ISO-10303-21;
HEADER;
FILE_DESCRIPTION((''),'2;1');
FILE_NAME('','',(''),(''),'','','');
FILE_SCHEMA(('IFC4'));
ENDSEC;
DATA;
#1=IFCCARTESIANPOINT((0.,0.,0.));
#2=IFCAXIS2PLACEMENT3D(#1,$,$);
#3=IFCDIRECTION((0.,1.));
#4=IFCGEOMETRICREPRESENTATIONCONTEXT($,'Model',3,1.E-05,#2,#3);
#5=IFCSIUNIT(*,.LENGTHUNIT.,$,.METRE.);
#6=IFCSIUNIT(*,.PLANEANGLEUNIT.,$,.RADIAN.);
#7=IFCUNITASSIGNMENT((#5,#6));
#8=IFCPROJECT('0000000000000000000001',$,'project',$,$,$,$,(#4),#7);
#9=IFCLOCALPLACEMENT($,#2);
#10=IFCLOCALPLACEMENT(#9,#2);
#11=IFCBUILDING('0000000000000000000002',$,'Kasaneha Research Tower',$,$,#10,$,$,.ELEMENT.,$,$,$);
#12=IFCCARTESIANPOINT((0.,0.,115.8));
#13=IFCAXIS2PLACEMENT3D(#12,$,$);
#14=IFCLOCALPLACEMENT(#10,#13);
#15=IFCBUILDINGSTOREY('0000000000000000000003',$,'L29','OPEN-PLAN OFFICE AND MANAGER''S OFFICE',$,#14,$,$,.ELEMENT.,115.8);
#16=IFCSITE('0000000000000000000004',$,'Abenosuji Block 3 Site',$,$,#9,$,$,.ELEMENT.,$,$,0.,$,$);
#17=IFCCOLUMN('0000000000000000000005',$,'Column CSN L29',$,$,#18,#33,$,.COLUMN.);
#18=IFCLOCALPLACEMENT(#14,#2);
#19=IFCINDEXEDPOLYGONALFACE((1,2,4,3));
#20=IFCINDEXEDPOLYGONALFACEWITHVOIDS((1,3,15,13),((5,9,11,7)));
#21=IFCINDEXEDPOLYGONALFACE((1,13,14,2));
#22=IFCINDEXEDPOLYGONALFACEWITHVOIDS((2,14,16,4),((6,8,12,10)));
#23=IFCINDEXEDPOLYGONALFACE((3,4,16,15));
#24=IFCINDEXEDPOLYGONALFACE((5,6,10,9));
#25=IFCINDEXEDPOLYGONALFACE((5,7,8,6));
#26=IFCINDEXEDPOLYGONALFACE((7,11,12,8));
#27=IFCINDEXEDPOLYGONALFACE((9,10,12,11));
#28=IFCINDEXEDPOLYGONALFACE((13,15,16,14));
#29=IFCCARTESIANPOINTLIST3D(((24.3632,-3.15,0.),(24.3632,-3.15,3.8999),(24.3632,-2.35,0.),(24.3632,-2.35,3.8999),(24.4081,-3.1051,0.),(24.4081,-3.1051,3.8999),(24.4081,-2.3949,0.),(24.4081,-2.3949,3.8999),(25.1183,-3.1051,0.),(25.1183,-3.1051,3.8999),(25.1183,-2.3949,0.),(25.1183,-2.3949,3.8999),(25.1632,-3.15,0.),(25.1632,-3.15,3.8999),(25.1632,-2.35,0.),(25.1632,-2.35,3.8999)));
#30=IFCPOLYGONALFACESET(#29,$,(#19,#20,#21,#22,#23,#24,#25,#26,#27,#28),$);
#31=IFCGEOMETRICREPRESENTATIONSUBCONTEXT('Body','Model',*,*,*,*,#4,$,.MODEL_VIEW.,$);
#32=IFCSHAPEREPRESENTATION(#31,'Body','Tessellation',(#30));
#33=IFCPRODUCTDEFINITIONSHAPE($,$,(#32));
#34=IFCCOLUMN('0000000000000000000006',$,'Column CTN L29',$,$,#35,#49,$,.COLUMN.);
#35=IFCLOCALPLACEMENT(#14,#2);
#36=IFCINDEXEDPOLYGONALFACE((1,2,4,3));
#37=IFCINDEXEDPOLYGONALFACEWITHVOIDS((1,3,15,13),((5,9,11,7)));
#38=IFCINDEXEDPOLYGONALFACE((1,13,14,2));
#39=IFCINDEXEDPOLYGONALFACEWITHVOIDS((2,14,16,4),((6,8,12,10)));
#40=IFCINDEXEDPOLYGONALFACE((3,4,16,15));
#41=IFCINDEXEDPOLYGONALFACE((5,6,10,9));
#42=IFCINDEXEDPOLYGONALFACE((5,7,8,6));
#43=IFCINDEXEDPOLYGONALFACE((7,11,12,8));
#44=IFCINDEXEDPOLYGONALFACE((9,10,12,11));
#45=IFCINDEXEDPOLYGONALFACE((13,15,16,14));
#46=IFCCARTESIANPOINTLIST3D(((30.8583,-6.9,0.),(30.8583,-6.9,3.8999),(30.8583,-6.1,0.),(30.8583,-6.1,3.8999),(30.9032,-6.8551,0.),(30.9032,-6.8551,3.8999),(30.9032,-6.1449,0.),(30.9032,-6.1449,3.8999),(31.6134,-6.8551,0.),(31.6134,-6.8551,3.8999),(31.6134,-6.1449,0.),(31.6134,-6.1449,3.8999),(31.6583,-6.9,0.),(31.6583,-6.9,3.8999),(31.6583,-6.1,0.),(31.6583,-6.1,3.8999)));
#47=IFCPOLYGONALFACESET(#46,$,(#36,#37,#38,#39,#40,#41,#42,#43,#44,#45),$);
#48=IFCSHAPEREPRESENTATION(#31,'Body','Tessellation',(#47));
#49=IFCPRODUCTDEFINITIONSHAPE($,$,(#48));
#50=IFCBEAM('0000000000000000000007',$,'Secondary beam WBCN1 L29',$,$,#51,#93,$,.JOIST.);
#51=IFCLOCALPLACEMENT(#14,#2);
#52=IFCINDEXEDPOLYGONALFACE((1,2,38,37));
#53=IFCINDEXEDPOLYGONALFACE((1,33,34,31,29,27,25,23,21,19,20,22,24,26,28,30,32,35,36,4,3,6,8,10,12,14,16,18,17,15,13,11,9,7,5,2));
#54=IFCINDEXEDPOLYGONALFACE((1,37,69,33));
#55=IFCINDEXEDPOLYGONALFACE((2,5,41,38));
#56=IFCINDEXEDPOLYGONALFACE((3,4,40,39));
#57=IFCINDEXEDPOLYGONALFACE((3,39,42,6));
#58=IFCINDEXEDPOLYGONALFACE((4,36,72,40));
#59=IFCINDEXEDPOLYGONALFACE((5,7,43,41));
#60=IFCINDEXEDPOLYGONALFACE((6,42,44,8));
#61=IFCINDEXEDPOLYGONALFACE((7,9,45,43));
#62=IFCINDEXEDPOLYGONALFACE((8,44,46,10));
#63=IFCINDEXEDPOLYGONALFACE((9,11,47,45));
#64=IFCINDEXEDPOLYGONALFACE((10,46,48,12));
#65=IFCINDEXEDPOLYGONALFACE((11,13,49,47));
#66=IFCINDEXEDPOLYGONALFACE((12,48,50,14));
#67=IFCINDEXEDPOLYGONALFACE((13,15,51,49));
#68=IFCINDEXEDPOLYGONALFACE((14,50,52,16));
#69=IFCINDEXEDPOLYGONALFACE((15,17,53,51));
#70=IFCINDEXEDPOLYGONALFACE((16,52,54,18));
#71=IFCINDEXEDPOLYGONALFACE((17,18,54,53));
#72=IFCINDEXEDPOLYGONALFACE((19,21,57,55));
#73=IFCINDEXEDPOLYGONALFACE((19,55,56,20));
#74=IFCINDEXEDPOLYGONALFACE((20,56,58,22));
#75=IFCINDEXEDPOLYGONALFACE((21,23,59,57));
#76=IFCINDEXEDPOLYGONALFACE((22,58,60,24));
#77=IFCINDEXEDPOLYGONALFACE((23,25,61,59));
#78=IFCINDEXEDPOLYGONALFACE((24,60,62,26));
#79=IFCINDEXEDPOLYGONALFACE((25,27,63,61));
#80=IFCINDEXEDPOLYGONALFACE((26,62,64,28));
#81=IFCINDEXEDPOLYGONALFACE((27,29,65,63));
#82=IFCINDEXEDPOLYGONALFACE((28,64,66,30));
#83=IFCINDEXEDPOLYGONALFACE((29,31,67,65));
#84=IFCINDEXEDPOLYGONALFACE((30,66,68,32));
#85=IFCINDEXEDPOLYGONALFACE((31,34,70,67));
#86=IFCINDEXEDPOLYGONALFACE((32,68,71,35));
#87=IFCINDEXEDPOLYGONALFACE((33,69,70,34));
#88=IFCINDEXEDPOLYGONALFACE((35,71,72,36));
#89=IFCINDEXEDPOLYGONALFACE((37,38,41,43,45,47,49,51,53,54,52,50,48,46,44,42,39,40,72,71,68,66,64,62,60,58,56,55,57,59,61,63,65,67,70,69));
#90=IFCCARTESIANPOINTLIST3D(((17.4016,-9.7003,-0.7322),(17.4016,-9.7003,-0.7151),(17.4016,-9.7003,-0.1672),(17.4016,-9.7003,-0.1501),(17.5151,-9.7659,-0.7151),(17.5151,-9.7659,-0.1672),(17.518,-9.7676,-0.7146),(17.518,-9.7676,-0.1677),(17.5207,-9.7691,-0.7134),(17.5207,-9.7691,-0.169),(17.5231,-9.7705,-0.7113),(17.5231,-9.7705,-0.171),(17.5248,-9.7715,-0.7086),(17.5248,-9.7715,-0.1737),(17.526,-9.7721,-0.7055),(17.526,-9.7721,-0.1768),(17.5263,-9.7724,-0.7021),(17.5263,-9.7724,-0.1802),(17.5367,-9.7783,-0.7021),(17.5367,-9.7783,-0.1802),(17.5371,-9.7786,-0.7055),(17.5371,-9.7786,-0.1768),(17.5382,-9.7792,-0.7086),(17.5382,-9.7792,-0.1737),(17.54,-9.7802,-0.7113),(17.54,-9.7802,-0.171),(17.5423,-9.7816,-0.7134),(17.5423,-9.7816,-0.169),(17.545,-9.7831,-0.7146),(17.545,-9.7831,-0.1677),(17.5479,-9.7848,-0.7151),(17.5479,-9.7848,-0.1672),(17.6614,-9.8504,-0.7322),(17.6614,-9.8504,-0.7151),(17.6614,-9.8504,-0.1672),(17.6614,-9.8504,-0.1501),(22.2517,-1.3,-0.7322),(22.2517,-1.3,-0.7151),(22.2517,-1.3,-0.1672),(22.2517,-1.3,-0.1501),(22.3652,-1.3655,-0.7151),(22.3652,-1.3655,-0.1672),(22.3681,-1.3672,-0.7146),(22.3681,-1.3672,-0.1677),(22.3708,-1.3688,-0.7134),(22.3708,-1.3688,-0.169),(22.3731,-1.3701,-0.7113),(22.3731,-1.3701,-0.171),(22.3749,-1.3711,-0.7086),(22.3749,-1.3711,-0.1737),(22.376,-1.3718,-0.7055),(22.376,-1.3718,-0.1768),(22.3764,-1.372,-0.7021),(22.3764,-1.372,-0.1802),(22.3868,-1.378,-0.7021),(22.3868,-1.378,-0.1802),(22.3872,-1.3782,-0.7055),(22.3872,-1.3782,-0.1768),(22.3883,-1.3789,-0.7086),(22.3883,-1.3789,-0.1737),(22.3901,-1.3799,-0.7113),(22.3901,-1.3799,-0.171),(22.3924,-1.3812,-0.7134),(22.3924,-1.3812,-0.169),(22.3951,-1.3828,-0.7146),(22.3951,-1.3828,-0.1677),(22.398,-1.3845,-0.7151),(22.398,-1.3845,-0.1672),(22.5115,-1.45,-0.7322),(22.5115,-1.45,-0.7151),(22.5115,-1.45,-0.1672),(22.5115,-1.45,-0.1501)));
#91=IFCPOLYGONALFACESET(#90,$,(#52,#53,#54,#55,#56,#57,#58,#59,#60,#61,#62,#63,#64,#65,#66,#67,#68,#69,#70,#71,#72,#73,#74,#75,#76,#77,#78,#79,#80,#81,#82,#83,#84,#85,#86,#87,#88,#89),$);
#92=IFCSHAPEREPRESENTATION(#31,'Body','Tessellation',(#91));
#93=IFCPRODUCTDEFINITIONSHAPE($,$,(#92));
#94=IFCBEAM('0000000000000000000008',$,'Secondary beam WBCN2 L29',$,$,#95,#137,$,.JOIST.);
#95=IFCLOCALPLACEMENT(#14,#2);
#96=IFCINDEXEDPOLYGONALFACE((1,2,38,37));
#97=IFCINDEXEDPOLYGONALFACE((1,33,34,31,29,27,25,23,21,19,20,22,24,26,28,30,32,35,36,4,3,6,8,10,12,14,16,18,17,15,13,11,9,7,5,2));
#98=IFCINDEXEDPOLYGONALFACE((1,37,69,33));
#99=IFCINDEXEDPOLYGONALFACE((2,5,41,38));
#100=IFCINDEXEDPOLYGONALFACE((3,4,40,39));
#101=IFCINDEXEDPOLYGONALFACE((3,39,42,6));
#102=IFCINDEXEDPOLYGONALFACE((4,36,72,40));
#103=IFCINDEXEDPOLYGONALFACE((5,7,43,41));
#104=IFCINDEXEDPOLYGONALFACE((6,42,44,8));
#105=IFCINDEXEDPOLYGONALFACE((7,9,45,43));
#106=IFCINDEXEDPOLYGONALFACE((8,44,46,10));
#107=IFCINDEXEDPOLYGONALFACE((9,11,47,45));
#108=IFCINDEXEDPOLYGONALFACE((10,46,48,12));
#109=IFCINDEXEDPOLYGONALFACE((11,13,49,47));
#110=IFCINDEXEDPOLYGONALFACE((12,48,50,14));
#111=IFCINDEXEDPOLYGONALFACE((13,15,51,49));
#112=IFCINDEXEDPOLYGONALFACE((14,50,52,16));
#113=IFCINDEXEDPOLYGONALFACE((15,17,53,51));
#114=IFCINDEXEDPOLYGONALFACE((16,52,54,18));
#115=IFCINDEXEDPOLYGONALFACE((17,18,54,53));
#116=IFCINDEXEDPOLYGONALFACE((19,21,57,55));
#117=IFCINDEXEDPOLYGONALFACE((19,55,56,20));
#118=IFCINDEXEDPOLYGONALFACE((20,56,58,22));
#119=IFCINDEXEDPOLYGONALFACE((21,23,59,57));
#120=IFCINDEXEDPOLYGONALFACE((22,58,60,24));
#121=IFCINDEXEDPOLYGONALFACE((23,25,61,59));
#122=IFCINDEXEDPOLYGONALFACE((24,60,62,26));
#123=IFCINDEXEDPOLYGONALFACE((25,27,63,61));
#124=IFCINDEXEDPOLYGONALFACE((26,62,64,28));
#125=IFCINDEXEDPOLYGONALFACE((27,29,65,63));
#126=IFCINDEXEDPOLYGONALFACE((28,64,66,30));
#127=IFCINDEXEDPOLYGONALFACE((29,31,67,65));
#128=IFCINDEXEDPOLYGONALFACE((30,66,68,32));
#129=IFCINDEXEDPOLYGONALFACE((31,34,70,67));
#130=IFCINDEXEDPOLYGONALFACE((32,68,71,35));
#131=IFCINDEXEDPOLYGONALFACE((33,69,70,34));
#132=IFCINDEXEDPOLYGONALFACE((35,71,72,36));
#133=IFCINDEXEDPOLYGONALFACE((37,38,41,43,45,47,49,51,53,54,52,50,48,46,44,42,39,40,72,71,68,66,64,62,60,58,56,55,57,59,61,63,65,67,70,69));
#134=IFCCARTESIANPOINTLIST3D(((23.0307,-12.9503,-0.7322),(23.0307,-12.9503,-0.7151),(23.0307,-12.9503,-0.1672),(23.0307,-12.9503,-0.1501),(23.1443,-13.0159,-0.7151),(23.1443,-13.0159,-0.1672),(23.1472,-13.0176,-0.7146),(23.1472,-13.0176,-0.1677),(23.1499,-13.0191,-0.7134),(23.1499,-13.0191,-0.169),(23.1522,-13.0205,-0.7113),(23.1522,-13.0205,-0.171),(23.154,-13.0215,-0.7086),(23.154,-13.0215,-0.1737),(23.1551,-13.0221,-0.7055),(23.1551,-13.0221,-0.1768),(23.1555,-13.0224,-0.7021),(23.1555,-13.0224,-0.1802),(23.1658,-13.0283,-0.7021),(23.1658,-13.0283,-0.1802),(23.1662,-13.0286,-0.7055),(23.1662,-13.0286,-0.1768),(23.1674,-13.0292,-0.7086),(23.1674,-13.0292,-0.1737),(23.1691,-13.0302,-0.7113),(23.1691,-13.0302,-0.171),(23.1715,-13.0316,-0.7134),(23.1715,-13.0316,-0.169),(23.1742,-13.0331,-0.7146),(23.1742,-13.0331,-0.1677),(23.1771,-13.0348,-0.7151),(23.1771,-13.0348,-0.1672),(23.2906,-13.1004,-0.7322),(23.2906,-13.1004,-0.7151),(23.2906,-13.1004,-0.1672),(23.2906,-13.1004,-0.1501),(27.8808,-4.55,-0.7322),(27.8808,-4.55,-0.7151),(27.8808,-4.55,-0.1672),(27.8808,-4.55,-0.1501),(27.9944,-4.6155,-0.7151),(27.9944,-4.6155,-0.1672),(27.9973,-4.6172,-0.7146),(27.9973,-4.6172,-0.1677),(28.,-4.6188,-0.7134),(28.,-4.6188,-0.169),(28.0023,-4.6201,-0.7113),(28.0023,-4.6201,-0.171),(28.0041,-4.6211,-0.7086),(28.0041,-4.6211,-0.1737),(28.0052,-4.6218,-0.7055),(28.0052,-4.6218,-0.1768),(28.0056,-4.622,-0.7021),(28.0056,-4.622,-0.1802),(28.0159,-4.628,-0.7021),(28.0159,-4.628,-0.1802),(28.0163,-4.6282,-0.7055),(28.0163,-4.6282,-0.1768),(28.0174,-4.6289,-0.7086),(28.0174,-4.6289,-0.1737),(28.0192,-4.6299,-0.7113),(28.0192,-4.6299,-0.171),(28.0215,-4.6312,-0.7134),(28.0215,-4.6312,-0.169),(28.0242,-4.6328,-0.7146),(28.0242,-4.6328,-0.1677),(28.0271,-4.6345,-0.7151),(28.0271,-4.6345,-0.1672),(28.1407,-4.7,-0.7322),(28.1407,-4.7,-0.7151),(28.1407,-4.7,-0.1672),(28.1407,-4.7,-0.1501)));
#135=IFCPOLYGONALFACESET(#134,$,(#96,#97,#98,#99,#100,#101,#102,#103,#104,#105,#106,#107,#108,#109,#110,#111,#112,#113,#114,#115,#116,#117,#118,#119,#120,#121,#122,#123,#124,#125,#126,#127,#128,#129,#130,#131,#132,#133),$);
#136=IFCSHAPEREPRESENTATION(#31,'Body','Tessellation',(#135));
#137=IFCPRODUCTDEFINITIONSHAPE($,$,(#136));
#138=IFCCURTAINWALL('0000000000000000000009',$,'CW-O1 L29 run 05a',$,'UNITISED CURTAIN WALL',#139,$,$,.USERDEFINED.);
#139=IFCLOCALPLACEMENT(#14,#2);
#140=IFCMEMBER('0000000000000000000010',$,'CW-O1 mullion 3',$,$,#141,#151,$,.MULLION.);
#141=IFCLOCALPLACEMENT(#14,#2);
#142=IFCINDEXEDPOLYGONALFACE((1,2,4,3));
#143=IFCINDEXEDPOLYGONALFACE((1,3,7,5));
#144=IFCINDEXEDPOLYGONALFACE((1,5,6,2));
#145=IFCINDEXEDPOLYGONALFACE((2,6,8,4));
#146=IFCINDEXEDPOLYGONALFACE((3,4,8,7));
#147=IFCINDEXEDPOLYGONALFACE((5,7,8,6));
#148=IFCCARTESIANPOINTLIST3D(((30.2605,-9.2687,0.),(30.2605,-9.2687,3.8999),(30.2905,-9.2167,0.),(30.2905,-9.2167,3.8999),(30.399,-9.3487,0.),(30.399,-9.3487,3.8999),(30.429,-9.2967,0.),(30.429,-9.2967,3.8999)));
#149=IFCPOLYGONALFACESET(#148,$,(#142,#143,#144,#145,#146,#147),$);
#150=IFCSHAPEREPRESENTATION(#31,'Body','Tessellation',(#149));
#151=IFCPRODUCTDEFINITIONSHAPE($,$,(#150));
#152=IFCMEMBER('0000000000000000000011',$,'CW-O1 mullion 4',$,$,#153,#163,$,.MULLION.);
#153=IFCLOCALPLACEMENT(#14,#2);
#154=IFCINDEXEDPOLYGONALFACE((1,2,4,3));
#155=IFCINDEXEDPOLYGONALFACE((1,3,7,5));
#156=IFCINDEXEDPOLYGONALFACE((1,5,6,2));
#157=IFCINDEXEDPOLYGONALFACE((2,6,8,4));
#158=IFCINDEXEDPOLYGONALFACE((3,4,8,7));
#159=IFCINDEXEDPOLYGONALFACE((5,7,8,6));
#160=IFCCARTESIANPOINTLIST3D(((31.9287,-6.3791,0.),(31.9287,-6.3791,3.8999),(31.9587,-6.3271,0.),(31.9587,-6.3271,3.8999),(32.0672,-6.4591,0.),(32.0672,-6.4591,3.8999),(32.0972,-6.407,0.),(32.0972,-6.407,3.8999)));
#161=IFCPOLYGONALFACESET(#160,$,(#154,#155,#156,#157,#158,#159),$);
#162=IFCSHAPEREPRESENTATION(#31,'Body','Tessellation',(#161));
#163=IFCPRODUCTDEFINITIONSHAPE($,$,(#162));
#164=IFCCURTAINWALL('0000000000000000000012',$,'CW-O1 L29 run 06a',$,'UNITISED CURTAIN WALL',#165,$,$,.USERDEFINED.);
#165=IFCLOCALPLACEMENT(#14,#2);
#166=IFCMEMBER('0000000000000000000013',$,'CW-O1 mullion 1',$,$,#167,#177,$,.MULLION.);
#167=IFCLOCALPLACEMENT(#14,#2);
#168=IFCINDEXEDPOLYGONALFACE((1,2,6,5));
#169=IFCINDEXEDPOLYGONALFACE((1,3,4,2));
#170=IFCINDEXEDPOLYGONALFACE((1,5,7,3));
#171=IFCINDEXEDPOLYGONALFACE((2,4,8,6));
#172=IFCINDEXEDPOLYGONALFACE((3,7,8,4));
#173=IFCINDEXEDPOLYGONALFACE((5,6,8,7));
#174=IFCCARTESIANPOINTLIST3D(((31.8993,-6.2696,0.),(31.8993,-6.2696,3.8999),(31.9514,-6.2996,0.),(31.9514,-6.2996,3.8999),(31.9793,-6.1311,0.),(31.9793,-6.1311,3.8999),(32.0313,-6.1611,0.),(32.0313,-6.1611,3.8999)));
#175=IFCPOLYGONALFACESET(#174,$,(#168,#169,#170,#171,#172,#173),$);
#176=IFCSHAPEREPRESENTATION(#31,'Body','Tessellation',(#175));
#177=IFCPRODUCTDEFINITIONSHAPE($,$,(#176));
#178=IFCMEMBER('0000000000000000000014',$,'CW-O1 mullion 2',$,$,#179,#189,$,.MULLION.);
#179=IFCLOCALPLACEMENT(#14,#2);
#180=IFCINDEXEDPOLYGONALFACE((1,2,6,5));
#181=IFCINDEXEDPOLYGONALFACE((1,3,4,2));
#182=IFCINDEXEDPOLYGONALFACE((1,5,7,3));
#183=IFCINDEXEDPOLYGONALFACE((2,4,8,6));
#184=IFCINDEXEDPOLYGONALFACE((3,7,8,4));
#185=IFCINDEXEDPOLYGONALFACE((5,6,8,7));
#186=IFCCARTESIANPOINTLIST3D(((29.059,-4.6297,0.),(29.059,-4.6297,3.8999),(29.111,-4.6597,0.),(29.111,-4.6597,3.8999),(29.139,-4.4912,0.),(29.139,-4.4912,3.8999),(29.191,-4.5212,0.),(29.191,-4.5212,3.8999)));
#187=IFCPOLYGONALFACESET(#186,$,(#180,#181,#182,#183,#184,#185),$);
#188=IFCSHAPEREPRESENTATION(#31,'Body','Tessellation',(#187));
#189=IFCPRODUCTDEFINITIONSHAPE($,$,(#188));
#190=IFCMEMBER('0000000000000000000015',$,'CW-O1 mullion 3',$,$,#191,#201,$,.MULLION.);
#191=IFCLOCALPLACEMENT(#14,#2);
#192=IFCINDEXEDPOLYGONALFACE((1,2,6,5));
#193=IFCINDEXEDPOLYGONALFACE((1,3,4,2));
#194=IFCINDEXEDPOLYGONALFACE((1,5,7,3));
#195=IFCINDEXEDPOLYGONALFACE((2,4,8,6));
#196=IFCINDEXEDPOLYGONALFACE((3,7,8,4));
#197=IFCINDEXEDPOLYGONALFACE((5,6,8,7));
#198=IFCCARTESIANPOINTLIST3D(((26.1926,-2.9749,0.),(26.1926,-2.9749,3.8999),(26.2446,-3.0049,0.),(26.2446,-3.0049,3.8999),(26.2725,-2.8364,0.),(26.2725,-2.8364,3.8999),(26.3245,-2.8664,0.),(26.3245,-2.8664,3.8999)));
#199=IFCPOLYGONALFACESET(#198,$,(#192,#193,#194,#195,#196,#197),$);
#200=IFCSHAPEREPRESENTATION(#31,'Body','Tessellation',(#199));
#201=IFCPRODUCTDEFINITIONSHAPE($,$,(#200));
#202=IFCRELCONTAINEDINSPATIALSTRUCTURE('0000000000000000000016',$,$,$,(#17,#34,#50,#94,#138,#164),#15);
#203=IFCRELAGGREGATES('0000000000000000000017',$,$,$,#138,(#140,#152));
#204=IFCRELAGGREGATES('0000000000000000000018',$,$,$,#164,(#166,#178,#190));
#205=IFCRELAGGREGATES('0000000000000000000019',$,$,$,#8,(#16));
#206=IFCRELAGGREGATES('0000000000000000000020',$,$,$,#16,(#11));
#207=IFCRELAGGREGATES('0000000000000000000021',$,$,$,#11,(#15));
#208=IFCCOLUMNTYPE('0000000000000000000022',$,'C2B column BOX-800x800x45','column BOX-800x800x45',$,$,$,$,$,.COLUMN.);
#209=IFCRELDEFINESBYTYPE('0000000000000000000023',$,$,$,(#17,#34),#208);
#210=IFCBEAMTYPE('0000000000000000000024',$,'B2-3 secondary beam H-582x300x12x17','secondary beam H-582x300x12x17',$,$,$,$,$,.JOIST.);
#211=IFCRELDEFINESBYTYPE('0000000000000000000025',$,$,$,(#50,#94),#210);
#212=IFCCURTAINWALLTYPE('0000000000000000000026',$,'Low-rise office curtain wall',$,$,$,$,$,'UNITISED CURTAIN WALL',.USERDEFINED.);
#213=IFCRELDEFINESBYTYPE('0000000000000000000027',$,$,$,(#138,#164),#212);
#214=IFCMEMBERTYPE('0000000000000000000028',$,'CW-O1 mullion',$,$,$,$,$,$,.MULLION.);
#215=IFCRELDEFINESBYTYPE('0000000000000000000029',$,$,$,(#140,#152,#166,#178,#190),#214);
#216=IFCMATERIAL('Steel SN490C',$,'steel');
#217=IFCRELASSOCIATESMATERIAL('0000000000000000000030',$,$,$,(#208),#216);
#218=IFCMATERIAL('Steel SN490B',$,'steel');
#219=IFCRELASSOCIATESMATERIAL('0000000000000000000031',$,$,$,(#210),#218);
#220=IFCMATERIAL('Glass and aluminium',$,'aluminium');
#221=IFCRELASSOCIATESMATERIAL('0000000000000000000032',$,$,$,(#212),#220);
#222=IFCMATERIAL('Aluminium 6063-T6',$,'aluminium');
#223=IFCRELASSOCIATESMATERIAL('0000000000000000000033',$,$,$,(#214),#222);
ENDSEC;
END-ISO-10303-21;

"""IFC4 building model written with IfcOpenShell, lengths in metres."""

from ifc_helpers import new_model, si_unit, direction, frame, origin, origin_2d, place, context, subcontext, project, spatial, rectangle, hollow_rectangle, i_section, extrude, material, material_profile, profile_set, type_object, element, aggregate, save


model = new_model("IFC4")

# Units and contexts
model_context = context("Model", 3, precision=1e-05, world=origin(), true_north=direction((0.0, 1.0)))
body_context = subcontext(model_context, "Body", "Model", "MODEL_VIEW")
ifc_project = project(units=[si_unit("LENGTHUNIT", "METRE"), si_unit("PLANEANGLEUNIT", "RADIAN")], contexts=[model_context])

# Site, building, storey
site_placement = place(None, origin())
site = spatial("IfcSite", under=ifc_project, at=site_placement, Name="Abenosuji Block 3 Site", CompositionType="ELEMENT", RefElevation=0.0)
building_placement = place(site_placement, origin())
building = spatial("IfcBuilding", under=site, at=building_placement, Name="Kasaneha Research Tower", CompositionType="ELEMENT")
storey_placement = place(building_placement, frame((0.0, 0.0, 115.8)))
storey = spatial("IfcBuildingStorey", under=building, at=storey_placement, Name="L29", Description="OPEN-PLAN OFFICE AND MANAGER'S OFFICE", CompositionType="ELEMENT", Elevation=115.8)

# Columns
ifc_material_1 = material(Name="Steel SN490C", Category="steel")
ifc_material_profile_1 = material_profile(ifc_material_1, hollow_rectangle(XDim=0.8, YDim=0.8, WallThickness=0.0449, at=origin_2d()), Name="BOX-800x800x45")
ifc_profile_set_1 = profile_set([ifc_material_profile_1], Name="Steel SN490C")
column_type = type_object("IfcColumnType", Name="C2B column BOX-800x800x45", Description="column BOX-800x800x45", PredefinedType="COLUMN", material=ifc_profile_set_1)
for number, where, z_axis, x_axis, name in (
    (1, (24.7632, -2.75, 0.0), (0.0, 0.0, 1.0), (1.0, 0.0, 0.0), "Column CSN L29"),
    (2, (31.2583, -6.5, 0.0), (0.0, 0.0, 1.0), (1.0, 0.0, 0.0), "Column CTN L29"),
):
    element("IfcColumn", number, at=place(storey_placement, frame(where, z_axis=z_axis, x_axis=x_axis)), inside=storey, type_object=column_type, Name=name, PredefinedType="COLUMN", context=body_context, shape_type="SweptSolid", body=[
        extrude(hollow_rectangle(XDim=0.8, YDim=0.8, WallThickness=0.0449, at=origin_2d()), origin(), (0.0, 0.0, 1.0), 3.8999),
    ])

# Beams
ifc_material_2 = material(Name="Steel SN490B", Category="steel")
ifc_material_profile_2 = material_profile(ifc_material_2, i_section(OverallWidth=0.3, OverallDepth=0.582, WebThickness=0.012, FlangeThickness=0.0171, FilletRadius=0.0129, at=origin_2d()), Name="H-582x300x12x17")
ifc_profile_set_2 = profile_set([ifc_material_profile_2], Name="Steel SN490B")
beam_type_1 = type_object("IfcBeamType", Name="B2-3 secondary beam H-582x300x12x17", Description="secondary beam H-582x300x12x17", PredefinedType="JOIST", material=ifc_profile_set_2)
for number, where, z_axis, x_axis, name in (
    (3, (22.3816, -1.375, -0.4412), (-0.50001, -0.86602, 0.0), (0.86602, -0.50001, 0.0), "Secondary beam WBCN1 L29"),
    (4, (28.0107, -4.625, -0.4412), (-0.50001, -0.86602, 0.0), (0.86602, -0.50001, 0.0), "Secondary beam WBCN2 L29"),
):
    element("IfcBeam", number, at=place(storey_placement, frame(where, z_axis=z_axis, x_axis=x_axis)), inside=storey, type_object=beam_type_1, Name=name, PredefinedType="JOIST", context=body_context, shape_type="SweptSolid", body=[
        extrude(i_section(OverallWidth=0.3, OverallDepth=0.582, WebThickness=0.012, FlangeThickness=0.0171, FilletRadius=0.0129, at=origin_2d()), origin(), (0.0, 0.0, 1.0), 9.7),
    ])

# Curtain walls, members
ifc_material_3 = material(Name="Glass and aluminium", Category="aluminium")
curtain_wall_type = type_object("IfcCurtainWallType", Name="Low-rise office curtain wall", ElementType="UNITISED CURTAIN WALL", PredefinedType="USERDEFINED", material=ifc_material_3)
curtain_wall_1_placement = place(storey_placement, origin())
curtain_wall_1 = element("IfcCurtainWall", 5, at=curtain_wall_1_placement, inside=storey, type_object=curtain_wall_type, Name="CW-O1 L29 run 05a", ObjectType="UNITISED CURTAIN WALL", PredefinedType="USERDEFINED")
ifc_material_4 = material(Name="Aluminium 6063-T6", Category="aluminium")
ifc_material_profile_3 = material_profile(ifc_material_4, rectangle(XDim=0.0601, YDim=0.1599, at=origin_2d()), Name="CW-O1 mullion 60x160")
ifc_profile_set_3 = profile_set([ifc_material_profile_3], Name="Aluminium 6063-T6")
member_type_1 = type_object("IfcMemberType", Name="CW-O1 mullion", PredefinedType="MULLION", material=ifc_profile_set_3)
member_1_placement = place(storey_placement, frame((30.3447, -9.2827, 0.0), z_axis=(0.0, 0.0, 1.0), x_axis=(0.5, 0.866025, 0.0)))
member_1 = element("IfcMember", 6, at=member_1_placement, type_object=member_type_1, Name="CW-O1 mullion 3", PredefinedType="MULLION", context=body_context, shape_type="SweptSolid", body=[
    extrude(rectangle(XDim=0.0601, YDim=0.1599, at=origin_2d()), origin(), (0.0, 0.0, 1.0), 3.8999),
])
member_2_placement = place(storey_placement, frame((32.0129, -6.3931, 0.0), z_axis=(0.0, 0.0, 1.0), x_axis=(0.5, 0.866025, 0.0)))
member_2 = element("IfcMember", 7, at=member_2_placement, type_object=member_type_1, Name="CW-O1 mullion 4", PredefinedType="MULLION", context=body_context, shape_type="SweptSolid", body=[
    extrude(rectangle(XDim=0.0601, YDim=0.1599, at=origin_2d()), origin(), (0.0, 0.0, 1.0), 3.8999),
])
curtain_wall_2_placement = place(storey_placement, origin())
curtain_wall_2 = element("IfcCurtainWall", 8, at=curtain_wall_2_placement, inside=storey, type_object=curtain_wall_type, Name="CW-O1 L29 run 06a", ObjectType="UNITISED CURTAIN WALL", PredefinedType="USERDEFINED")
member_3_placement = place(storey_placement, frame((31.9653, -6.2153, 0.0), z_axis=(0.0, 0.0, 1.0), x_axis=(-0.866025, 0.5, 0.0)))
member_3 = element("IfcMember", 9, at=member_3_placement, type_object=member_type_1, Name="CW-O1 mullion 1", PredefinedType="MULLION", context=body_context, shape_type="SweptSolid", body=[
    extrude(rectangle(XDim=0.0601, YDim=0.1599, at=origin_2d()), origin(), (0.0, 0.0, 1.0), 3.8999),
])
member_4_placement = place(storey_placement, frame((29.125, -4.5754, 0.0), z_axis=(0.0, 0.0, 1.0), x_axis=(-0.866025, 0.5, 0.0)))
member_4 = element("IfcMember", 10, at=member_4_placement, type_object=member_type_1, Name="CW-O1 mullion 2", PredefinedType="MULLION", context=body_context, shape_type="SweptSolid", body=[
    extrude(rectangle(XDim=0.0601, YDim=0.1599, at=origin_2d()), origin(), (0.0, 0.0, 1.0), 3.8999),
])
member_5_placement = place(storey_placement, frame((26.2585, -2.9207, 0.0), z_axis=(0.0, 0.0, 1.0), x_axis=(-0.866025, 0.5, 0.0)))
member_5 = element("IfcMember", 11, at=member_5_placement, type_object=member_type_1, Name="CW-O1 mullion 3", PredefinedType="MULLION", context=body_context, shape_type="SweptSolid", body=[
    extrude(rectangle(XDim=0.0601, YDim=0.1599, at=origin_2d()), origin(), (0.0, 0.0, 1.0), 3.8999),
])

aggregate(curtain_wall_1, [member_1, member_2])
aggregate(curtain_wall_2, [member_3, member_4, member_5])

save(model, "model.ifc")
